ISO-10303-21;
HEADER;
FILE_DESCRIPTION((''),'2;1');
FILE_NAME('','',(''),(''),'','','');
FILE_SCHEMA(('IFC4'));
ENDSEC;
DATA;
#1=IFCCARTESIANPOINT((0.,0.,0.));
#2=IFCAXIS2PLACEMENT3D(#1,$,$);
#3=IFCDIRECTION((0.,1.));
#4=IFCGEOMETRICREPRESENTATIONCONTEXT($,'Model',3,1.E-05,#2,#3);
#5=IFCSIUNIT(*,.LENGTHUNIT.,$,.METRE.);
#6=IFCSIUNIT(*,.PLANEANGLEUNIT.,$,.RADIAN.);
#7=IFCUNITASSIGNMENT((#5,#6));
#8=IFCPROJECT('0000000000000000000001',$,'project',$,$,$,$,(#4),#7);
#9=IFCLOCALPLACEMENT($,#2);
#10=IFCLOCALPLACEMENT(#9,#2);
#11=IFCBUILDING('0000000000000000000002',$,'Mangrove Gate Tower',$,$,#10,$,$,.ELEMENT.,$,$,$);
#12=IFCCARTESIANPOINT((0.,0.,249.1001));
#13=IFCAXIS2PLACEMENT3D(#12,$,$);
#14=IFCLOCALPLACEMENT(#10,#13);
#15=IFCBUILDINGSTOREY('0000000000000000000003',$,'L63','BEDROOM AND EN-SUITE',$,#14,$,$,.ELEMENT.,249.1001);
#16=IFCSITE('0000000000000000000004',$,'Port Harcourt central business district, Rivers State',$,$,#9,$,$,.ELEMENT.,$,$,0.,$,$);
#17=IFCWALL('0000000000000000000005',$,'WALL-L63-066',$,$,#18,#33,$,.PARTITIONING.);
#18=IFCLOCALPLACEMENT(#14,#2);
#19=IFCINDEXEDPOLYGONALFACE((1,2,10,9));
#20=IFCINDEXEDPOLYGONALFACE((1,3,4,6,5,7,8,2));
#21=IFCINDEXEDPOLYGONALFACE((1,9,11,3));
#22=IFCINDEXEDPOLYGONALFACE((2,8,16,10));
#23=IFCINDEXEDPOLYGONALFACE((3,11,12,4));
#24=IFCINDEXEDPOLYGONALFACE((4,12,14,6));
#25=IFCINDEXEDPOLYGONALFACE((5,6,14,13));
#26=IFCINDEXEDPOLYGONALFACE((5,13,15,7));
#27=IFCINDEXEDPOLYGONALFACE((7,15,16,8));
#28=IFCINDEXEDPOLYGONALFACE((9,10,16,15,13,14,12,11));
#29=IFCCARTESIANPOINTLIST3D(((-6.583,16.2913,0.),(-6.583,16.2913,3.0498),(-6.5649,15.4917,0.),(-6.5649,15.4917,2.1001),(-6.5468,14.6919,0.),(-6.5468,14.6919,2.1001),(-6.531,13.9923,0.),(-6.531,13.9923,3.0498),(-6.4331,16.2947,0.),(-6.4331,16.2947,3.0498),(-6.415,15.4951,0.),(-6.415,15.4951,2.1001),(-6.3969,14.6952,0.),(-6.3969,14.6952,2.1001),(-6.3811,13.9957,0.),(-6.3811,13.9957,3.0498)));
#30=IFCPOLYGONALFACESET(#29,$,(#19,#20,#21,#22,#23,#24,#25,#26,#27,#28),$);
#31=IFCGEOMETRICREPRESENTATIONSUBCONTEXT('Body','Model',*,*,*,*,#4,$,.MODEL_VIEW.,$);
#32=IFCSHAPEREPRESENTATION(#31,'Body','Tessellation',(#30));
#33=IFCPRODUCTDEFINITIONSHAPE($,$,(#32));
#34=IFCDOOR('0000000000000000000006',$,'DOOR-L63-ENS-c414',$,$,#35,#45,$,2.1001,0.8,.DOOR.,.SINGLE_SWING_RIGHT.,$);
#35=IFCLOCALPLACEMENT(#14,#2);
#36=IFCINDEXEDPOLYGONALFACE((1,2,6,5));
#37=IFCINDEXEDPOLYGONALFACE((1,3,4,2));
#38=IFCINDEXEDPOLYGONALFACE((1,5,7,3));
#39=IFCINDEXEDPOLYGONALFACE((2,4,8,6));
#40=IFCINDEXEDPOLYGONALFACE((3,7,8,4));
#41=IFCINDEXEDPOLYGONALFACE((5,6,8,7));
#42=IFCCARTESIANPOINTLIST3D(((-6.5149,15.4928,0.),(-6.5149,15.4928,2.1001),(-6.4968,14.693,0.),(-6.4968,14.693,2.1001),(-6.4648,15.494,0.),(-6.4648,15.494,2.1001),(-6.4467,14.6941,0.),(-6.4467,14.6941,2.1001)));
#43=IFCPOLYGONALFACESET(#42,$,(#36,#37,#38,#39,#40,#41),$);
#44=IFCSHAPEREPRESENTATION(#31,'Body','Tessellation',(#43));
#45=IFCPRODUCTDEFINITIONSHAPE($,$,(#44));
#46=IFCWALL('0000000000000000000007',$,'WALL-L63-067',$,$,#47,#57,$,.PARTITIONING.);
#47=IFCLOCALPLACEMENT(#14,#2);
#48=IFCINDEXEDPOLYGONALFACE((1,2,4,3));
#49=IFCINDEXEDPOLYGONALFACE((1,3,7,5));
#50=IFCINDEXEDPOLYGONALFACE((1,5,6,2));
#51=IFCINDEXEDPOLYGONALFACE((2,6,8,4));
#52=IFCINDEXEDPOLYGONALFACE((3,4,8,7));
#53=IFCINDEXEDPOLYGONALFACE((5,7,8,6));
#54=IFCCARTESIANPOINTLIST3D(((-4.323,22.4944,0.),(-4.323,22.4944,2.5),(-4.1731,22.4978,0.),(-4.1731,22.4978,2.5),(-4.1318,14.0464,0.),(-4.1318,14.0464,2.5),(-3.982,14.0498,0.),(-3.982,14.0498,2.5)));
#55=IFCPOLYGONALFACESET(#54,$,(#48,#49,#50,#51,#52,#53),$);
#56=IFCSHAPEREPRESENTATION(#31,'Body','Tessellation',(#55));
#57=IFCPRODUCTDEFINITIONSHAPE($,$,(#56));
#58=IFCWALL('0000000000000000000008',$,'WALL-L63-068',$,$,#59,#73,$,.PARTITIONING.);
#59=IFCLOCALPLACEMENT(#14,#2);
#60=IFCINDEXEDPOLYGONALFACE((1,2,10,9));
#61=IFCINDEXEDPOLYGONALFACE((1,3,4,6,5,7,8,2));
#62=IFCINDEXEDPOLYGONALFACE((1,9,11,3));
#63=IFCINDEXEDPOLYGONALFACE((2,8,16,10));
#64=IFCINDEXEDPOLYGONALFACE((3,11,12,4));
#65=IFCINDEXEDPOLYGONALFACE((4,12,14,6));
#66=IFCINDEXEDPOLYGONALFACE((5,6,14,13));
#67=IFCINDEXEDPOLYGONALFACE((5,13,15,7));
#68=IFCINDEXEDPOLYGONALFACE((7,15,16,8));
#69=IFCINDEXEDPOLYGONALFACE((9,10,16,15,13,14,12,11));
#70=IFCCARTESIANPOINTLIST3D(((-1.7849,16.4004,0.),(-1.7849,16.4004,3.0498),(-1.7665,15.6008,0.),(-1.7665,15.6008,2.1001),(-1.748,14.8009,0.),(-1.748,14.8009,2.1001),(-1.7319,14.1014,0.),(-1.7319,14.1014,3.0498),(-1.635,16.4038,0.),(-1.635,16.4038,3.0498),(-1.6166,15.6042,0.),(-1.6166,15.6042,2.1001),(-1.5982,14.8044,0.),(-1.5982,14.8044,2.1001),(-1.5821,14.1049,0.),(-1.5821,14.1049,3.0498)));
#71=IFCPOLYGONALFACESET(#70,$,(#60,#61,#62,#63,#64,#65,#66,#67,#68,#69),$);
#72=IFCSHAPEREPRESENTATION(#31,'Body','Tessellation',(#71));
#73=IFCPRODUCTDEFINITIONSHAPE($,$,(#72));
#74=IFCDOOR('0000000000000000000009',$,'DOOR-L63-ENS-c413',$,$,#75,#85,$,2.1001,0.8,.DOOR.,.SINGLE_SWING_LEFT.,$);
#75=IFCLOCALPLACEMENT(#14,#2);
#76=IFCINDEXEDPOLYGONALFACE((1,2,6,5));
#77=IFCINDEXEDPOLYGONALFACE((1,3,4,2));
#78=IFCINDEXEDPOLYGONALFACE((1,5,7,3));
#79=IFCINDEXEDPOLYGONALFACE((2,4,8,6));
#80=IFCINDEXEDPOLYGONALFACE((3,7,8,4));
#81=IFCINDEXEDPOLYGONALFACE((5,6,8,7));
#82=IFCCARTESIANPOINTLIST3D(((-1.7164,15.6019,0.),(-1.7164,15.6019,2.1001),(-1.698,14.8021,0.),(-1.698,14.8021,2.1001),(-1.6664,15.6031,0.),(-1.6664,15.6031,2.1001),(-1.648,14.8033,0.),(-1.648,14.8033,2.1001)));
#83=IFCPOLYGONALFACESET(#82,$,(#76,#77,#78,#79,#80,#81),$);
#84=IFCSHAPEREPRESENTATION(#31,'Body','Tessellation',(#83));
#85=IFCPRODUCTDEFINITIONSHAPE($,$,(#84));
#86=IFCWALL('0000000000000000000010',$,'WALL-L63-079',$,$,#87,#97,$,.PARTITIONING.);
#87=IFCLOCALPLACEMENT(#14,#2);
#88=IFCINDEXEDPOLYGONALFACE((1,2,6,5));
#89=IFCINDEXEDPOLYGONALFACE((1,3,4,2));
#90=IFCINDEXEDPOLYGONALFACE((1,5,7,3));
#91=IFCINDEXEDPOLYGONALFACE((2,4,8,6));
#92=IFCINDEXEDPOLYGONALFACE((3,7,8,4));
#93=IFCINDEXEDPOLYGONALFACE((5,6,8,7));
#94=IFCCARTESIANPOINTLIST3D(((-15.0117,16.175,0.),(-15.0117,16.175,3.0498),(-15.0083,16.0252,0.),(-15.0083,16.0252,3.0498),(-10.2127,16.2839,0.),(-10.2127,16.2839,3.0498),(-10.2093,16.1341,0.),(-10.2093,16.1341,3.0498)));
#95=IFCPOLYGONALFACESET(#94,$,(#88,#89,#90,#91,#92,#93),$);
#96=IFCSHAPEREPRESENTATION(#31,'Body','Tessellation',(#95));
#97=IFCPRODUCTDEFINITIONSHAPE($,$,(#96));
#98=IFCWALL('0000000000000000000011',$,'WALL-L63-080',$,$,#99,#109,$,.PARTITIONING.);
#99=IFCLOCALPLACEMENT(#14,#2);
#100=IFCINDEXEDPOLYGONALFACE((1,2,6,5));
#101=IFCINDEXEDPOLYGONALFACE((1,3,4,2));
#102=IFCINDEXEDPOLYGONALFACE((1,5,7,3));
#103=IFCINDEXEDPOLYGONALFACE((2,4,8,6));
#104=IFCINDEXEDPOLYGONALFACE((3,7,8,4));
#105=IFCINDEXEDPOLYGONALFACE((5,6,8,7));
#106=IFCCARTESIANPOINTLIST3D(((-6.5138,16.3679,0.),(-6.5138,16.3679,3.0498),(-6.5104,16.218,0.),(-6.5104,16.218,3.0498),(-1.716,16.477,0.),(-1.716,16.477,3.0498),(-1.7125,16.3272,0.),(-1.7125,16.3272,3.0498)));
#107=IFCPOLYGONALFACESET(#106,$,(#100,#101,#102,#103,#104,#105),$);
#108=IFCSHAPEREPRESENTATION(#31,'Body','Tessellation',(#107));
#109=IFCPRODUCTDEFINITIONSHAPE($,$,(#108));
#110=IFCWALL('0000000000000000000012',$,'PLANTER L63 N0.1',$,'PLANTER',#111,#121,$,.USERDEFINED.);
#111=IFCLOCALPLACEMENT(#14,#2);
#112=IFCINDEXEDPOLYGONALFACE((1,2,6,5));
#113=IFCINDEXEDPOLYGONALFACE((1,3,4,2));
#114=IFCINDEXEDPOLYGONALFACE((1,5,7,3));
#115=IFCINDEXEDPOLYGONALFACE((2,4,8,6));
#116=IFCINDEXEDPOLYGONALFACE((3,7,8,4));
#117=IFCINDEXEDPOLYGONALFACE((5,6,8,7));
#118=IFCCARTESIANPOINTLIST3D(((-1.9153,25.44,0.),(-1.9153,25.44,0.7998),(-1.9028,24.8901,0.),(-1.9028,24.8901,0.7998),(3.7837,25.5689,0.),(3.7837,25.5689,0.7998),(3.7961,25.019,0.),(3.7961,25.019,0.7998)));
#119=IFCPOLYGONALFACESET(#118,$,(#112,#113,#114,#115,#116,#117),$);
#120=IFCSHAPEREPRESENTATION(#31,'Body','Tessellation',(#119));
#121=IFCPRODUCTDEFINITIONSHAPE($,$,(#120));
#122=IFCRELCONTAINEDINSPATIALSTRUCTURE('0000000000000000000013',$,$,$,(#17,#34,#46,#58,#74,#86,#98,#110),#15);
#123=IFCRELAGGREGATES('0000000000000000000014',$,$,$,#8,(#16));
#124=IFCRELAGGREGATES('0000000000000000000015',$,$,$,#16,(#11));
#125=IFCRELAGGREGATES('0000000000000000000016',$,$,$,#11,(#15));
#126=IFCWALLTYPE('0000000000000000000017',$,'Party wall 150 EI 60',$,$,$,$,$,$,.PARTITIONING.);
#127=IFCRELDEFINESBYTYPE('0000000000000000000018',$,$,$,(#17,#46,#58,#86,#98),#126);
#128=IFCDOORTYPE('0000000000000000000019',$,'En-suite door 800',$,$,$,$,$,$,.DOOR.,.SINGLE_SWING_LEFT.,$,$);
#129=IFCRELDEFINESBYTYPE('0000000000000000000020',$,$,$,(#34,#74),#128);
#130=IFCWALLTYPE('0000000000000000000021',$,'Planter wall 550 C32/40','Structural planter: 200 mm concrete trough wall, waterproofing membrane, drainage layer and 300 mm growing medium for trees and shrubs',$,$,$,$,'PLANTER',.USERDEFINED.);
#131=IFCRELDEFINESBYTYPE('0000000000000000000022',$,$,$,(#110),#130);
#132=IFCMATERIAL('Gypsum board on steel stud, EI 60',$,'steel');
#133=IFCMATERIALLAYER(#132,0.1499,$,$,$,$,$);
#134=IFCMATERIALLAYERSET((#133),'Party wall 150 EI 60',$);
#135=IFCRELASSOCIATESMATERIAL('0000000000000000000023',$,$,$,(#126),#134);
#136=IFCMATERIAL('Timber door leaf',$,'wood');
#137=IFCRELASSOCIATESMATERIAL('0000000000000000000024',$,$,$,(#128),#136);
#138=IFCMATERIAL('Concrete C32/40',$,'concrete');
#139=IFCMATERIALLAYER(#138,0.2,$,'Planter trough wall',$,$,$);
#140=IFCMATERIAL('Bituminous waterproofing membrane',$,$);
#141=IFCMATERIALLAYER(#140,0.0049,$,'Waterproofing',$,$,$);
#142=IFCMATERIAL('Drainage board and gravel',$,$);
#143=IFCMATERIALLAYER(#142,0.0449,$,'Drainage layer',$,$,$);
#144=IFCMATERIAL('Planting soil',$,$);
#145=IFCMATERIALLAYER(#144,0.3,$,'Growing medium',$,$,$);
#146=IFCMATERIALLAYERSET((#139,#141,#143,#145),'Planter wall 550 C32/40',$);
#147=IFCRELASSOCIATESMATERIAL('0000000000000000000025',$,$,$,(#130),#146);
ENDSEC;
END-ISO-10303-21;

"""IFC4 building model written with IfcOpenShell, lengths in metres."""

from ifc_helpers import new_model, si_unit, direction, frame, frame_2d, origin, place, context, subcontext, project, spatial, rectangle, extrude, material, layer, layer_set, type_object, element, fill, save


model = new_model("IFC4")

# Units and contexts
model_context = context("Model", 3, precision=1e-05, world=origin(), true_north=direction((0.0, 1.0)))
body_context = subcontext(model_context, "Body", "Model", "MODEL_VIEW")
ifc_project = project(units=[si_unit("LENGTHUNIT", "METRE"), si_unit("PLANEANGLEUNIT", "RADIAN")], contexts=[model_context])

# Site, building, storey
site_placement = place(None, origin())
site = spatial("IfcSite", under=ifc_project, at=site_placement, Name="Port Harcourt central business district, Rivers State", CompositionType="ELEMENT", RefElevation=0.0)
building_placement = place(site_placement, origin())
building = spatial("IfcBuilding", under=site, at=building_placement, Name="Mangrove Gate Tower", CompositionType="ELEMENT")
storey_placement = place(building_placement, frame((0.0, 0.0, 249.1001)))
storey = spatial("IfcBuildingStorey", under=building, at=storey_placement, Name="L63", Description="BEDROOM AND EN-SUITE", CompositionType="ELEMENT", Elevation=249.1001)

# Shared definitions
ifc_material_1 = material(Name="Gypsum board on steel stud, EI 60", Category="steel")
ifc_layer_1 = layer(ifc_material_1, 0.1499)
ifc_layer_set_1 = layer_set([ifc_layer_1], Name="Party wall 150 EI 60")
wall_type_1 = type_object("IfcWallType", Name="Party wall 150 EI 60", PredefinedType="PARTITIONING", material=ifc_layer_set_1)
ifc_material_2 = material(Name="Timber door leaf", Category="wood")
door_type = type_object("IfcDoorType", Name="En-suite door 800", OperationType="SINGLE_SWING_LEFT", PredefinedType="DOOR", material=ifc_material_2)

# Wall, opening, door
wall_1_placement = place(storey_placement, frame((-6.4561, 13.9939, 0.0), z_axis=(0.0, 0.0, 1.0), x_axis=(-0.022613, 0.999744, 0.0)))
wall_1 = element("IfcWall", 1, at=wall_1_placement, inside=storey, type_object=wall_type_1, Name="WALL-L63-066", PredefinedType="PARTITIONING", context=body_context, shape_type="SweptSolid", body=[
    extrude(rectangle(XDim=2.2996, YDim=0.1499, at=frame_2d((1.1499, 0.0))), origin(), (0.0, 0.0, 1.0), 3.0498),
])
opening_1_placement = place(wall_1_placement, frame((0.7, 0.0, 0.0)))
opening_1 = element("IfcOpeningElement", 2, at=opening_1_placement, cuts=wall_1, PredefinedType="OPENING", context=body_context, shape_type="SweptSolid", body=[
    extrude(rectangle(XDim=0.8, YDim=2.1001, at=frame_2d((0.3999, 1.05))), frame((0.0, 0.085, 0.0), z_axis=(0.0, -1.0, 0.0), x_axis=(1.0, 0.0, 0.0)), (0.0, 0.0, 1.0), 0.1699),
])
door_1_placement = place(opening_1_placement, origin())
door_1 = element("IfcDoor", 3, at=door_1_placement, inside=storey, type_object=door_type, Name="DOOR-L63-ENS-c414", OperationType="SINGLE_SWING_RIGHT", OverallHeight=2.1001, OverallWidth=0.8, PredefinedType="DOOR", context=body_context, shape_type="SweptSolid", body=[
    extrude(rectangle(XDim=0.8, YDim=2.1001, at=frame_2d((0.3999, 1.05))), frame((0.0, 0.0249, 0.0), z_axis=(0.0, -1.0, 0.0), x_axis=(1.0, 0.0, 0.0)), (0.0, 0.0, 1.0), 0.05),
])
fill(opening_1, door_1)

# Wall
wall_2_placement = place(storey_placement, frame((-4.0569, 14.0481, 0.0), z_axis=(0.0, 0.0, 1.0), x_axis=(-0.022622, 0.999744, 0.0)))
element("IfcWall", 4, at=wall_2_placement, inside=storey, type_object=wall_type_1, Name="WALL-L63-067", PredefinedType="PARTITIONING", context=body_context, shape_type="SweptSolid", body=[
    extrude(rectangle(XDim=8.4502, YDim=0.1499, at=frame_2d((4.2251, 0.0))), origin(), (0.0, 0.0, 1.0), 2.5),
])

# Wall, opening, door
wall_3_placement = place(storey_placement, frame((-1.657, 14.103, 0.0), z_axis=(0.0, 0.0, 1.0), x_axis=(-0.023037, 0.999735, 0.0)))
wall_3 = element("IfcWall", 5, at=wall_3_placement, inside=storey, type_object=wall_type_1, Name="WALL-L63-068", PredefinedType="PARTITIONING", context=body_context, shape_type="SweptSolid", body=[
    extrude(rectangle(XDim=2.2996, YDim=0.1499, at=frame_2d((1.1499, 0.0))), origin(), (0.0, 0.0, 1.0), 3.0498),
])
opening_2_placement = place(wall_3_placement, frame((0.7, 0.0, 0.0)))
opening_2 = element("IfcOpeningElement", 6, at=opening_2_placement, cuts=wall_3, PredefinedType="OPENING", context=body_context, shape_type="SweptSolid", body=[
    extrude(rectangle(XDim=0.8, YDim=2.1001, at=frame_2d((0.3999, 1.05))), frame((0.0, 0.085, 0.0), z_axis=(0.0, -1.0, 0.0), x_axis=(1.0, 0.0, 0.0)), (0.0, 0.0, 1.0), 0.1699),
])
door_2_placement = place(opening_2_placement, origin())
door_2 = element("IfcDoor", 7, at=door_2_placement, inside=storey, type_object=door_type, Name="DOOR-L63-ENS-c413", OperationType="SINGLE_SWING_LEFT", OverallHeight=2.1001, OverallWidth=0.8, PredefinedType="DOOR", context=body_context, shape_type="SweptSolid", body=[
    extrude(rectangle(XDim=0.8, YDim=2.1001, at=frame_2d((0.3999, 1.05))), frame((0.0, 0.0249, 0.0), z_axis=(0.0, -1.0, 0.0), x_axis=(1.0, 0.0, 0.0)), (0.0, 0.0, 1.0), 0.05),
])
fill(opening_2, door_2)

# Walls
wall_4_placement = place(storey_placement, frame((-15.01, 16.1001, 0.0), z_axis=(0.0, 0.0, 1.0), x_axis=(0.999743, 0.022683, 0.0)))
element("IfcWall", 8, at=wall_4_placement, inside=storey, type_object=wall_type_1, Name="WALL-L63-079", PredefinedType="PARTITIONING", context=body_context, shape_type="SweptSolid", body=[
    extrude(rectangle(XDim=4.8003, YDim=0.1499, at=frame_2d((2.4001, 0.0))), origin(), (0.0, 0.0, 1.0), 3.0498),
])
wall_5_placement = place(storey_placement, frame((-6.512, 16.293, 0.0), z_axis=(0.0, 0.0, 1.0), x_axis=(0.999741, 0.02274, 0.0)))
element("IfcWall", 9, at=wall_5_placement, inside=storey, type_object=wall_type_1, Name="WALL-L63-080", PredefinedType="PARTITIONING", context=body_context, shape_type="SweptSolid", body=[
    extrude(rectangle(XDim=4.7991, YDim=0.1499, at=frame_2d((2.3994, 0.0))), origin(), (0.0, 0.0, 1.0), 3.0498),
])
ifc_material_3 = material(Name="Concrete C32/40", Category="concrete")
ifc_layer_2 = layer(ifc_material_3, 0.2, Name="Planter trough wall")
ifc_material_4 = material(Name="Bituminous waterproofing membrane")
ifc_layer_3 = layer(ifc_material_4, 0.0049, Name="Waterproofing")
ifc_material_5 = material(Name="Drainage board and gravel")
ifc_layer_4 = layer(ifc_material_5, 0.0449, Name="Drainage layer")
ifc_material_6 = material(Name="Planting soil")
ifc_layer_5 = layer(ifc_material_6, 0.3, Name="Growing medium")
ifc_layer_set_2 = layer_set([ifc_layer_2, ifc_layer_3, ifc_layer_4, ifc_layer_5], Name="Planter wall 550 C32/40")
wall_type_2 = type_object("IfcWallType", Name="Planter wall 550 C32/40", Description="Structural planter: 200 mm concrete trough wall, waterproofing membrane, drainage layer and 300 mm growing medium for trees and shrubs", ElementType="PLANTER", PredefinedType="USERDEFINED", material=ifc_layer_set_2)
wall_6_placement = place(storey_placement, frame((-1.9089, 25.165, 0.0), z_axis=(0.0, 0.0, 1.0), x_axis=(0.999744, 0.022613, 0.0)))
element("IfcWall", 10, at=wall_6_placement, inside=storey, type_object=wall_type_2, Name="PLANTER L63 N0.1", ObjectType="PLANTER", PredefinedType="USERDEFINED", context=body_context, shape_type="SweptSolid", body=[
    extrude(rectangle(XDim=5.7004, YDim=0.55, at=frame_2d((2.8501, 0.0))), origin(), (0.0, 0.0, 1.0), 0.7998),
])

save(model, "model.ifc")
